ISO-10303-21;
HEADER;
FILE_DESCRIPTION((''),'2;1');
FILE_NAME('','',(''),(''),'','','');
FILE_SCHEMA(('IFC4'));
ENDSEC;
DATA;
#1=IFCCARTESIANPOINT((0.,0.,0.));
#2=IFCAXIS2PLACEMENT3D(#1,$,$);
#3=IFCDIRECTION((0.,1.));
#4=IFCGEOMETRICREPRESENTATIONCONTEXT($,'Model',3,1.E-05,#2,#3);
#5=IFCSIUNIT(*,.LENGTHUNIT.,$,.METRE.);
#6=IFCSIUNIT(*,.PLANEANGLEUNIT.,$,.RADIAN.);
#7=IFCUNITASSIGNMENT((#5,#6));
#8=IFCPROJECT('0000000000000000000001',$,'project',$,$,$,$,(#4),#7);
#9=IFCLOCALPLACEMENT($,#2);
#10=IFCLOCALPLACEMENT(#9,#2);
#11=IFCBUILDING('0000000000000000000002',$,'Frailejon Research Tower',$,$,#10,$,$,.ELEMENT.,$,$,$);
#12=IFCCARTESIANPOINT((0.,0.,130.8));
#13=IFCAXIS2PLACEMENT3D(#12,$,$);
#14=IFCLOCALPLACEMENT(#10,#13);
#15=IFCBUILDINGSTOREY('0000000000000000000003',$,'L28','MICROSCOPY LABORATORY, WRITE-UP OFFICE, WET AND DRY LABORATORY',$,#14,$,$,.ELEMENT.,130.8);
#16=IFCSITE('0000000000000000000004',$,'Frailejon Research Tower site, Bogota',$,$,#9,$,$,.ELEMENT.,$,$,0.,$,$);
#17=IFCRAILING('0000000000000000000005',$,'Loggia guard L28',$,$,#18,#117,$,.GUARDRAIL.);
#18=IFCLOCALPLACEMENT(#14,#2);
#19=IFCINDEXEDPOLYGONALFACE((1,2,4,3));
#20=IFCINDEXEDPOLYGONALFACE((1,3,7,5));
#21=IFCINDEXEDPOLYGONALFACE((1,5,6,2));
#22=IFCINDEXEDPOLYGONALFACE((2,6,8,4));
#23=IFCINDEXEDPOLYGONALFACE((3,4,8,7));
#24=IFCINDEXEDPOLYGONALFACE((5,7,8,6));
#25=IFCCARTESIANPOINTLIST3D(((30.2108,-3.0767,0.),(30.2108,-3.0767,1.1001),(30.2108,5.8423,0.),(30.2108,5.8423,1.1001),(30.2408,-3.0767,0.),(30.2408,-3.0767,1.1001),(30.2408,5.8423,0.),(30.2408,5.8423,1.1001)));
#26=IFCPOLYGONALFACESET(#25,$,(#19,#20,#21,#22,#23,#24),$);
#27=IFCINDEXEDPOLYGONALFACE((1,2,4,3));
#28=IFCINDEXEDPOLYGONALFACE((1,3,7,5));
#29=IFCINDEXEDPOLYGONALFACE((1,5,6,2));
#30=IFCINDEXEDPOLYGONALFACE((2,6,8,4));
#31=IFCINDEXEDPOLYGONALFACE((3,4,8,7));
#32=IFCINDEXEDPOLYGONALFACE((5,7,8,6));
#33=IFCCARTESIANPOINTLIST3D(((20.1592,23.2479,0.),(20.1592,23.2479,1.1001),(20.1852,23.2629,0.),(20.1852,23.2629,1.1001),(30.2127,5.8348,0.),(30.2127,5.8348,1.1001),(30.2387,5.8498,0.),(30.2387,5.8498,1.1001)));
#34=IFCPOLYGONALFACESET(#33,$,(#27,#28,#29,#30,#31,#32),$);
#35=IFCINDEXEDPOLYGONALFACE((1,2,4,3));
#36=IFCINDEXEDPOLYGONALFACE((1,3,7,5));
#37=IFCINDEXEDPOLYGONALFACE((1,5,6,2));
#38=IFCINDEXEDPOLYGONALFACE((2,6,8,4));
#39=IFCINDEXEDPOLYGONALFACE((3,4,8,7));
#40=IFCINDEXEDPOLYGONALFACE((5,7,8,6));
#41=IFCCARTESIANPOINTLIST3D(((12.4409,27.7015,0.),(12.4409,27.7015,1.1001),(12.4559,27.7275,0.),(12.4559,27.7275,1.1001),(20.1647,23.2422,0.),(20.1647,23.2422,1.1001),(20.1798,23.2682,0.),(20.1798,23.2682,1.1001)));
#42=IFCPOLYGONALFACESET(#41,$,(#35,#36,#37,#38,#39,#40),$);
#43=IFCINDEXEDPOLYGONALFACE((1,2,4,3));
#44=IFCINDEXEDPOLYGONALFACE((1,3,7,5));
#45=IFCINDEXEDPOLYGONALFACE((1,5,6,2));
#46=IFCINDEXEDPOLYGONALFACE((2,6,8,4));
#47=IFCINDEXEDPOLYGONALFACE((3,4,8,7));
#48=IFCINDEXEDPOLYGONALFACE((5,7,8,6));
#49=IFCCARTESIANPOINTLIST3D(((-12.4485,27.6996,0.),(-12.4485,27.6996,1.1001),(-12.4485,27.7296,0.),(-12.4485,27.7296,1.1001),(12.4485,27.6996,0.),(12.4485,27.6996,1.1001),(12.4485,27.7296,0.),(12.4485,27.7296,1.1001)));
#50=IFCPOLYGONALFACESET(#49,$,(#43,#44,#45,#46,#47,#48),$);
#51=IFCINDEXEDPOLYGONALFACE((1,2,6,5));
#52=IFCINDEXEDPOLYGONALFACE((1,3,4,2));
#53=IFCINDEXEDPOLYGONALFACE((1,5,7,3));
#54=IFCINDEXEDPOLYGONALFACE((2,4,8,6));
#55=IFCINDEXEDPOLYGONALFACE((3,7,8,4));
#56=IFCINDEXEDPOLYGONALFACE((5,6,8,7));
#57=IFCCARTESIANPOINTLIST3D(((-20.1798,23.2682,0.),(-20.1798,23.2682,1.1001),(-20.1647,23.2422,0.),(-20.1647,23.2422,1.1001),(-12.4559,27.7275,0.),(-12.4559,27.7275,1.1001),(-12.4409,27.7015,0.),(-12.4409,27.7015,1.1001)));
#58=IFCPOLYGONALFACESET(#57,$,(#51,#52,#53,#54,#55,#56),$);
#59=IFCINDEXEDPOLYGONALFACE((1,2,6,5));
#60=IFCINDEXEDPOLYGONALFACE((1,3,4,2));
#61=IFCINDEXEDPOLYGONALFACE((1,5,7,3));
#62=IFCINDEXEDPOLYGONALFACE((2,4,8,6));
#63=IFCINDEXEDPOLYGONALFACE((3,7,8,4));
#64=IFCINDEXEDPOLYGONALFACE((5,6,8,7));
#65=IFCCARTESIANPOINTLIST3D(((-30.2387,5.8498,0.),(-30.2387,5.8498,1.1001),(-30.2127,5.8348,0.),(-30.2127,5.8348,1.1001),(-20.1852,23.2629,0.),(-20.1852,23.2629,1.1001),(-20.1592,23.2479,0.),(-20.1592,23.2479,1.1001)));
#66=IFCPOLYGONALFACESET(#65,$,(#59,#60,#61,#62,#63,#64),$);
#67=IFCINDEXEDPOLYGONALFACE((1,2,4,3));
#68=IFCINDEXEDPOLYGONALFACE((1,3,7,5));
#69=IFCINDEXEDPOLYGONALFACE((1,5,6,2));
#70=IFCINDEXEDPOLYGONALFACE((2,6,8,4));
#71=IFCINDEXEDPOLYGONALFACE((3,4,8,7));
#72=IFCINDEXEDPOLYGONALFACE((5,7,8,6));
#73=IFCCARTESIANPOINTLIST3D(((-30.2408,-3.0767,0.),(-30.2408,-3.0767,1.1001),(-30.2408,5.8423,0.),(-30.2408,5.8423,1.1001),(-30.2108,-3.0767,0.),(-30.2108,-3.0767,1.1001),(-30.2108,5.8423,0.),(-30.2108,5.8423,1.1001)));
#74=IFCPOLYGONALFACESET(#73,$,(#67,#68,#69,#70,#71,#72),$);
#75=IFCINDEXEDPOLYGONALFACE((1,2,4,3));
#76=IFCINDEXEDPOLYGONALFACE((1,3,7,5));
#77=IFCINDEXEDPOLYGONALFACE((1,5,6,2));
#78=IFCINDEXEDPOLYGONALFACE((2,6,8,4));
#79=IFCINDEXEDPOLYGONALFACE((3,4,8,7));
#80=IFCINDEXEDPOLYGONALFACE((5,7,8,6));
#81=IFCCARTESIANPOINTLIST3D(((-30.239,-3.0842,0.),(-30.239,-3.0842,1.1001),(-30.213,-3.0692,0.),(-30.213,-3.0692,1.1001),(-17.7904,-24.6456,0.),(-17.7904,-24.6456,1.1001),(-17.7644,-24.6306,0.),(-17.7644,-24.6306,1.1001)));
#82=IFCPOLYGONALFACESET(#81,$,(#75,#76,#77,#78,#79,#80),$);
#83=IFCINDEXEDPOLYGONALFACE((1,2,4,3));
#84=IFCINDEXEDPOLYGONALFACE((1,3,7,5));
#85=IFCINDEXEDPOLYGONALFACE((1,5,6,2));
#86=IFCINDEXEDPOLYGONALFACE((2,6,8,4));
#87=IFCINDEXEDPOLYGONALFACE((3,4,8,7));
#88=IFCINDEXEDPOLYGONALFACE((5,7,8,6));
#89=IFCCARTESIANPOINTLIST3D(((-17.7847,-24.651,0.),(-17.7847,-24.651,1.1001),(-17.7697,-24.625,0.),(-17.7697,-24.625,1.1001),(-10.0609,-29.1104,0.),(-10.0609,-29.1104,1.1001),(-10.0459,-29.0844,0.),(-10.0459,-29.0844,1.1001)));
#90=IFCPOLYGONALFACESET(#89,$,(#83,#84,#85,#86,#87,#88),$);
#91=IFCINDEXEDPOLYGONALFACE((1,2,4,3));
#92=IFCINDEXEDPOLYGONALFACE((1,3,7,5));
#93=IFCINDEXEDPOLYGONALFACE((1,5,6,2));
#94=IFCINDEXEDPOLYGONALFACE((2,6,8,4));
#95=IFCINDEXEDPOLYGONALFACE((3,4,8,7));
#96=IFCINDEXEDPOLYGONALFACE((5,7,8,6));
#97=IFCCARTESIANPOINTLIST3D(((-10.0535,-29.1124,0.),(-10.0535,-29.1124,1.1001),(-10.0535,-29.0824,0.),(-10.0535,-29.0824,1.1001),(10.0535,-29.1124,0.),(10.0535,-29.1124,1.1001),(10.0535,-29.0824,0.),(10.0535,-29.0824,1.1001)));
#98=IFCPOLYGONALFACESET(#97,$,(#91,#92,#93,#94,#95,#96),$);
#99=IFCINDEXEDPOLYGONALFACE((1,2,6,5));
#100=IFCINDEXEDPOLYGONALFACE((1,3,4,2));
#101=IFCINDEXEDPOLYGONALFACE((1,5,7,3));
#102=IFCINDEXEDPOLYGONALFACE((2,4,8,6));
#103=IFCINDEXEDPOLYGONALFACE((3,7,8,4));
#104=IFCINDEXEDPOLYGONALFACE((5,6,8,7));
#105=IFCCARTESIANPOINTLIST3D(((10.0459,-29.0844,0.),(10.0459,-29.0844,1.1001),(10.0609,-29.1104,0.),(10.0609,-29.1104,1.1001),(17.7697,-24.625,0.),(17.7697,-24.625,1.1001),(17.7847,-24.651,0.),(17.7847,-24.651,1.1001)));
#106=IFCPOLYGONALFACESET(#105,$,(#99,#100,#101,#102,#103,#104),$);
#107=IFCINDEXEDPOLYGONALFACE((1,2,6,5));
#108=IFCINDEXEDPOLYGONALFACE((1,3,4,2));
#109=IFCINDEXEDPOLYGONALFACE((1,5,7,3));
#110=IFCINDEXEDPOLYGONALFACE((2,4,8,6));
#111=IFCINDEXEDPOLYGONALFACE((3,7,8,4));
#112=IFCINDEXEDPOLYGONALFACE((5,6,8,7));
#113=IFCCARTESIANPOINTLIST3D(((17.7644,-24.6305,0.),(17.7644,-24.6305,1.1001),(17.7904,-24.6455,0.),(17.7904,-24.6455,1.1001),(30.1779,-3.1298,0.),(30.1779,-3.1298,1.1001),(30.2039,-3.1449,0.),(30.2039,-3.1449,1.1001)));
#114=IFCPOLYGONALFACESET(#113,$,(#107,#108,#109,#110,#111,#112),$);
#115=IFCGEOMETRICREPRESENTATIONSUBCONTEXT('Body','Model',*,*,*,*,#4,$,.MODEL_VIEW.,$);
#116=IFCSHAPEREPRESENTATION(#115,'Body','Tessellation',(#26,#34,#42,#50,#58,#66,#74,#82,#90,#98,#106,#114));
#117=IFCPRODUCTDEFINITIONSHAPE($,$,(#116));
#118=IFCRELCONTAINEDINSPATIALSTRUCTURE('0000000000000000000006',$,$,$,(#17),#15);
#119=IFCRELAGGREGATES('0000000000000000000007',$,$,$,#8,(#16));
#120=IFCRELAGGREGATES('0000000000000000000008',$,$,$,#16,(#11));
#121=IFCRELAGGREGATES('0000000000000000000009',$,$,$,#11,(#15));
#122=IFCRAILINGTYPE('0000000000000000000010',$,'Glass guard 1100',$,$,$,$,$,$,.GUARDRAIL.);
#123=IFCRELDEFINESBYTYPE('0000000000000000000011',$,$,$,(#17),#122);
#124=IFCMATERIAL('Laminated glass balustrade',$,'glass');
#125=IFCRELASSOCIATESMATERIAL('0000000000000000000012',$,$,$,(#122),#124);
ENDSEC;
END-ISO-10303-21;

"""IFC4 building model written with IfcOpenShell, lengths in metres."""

from ifc_helpers import new_model, si_unit, direction, frame, origin, origin_2d, place, context, subcontext, project, spatial, rectangle, extrude, material, type_object, element, save


model = new_model("IFC4")

# Units and contexts
model_context = context("Model", 3, precision=1e-05, world=origin(), true_north=direction((0.0, 1.0)))
body_context = subcontext(model_context, "Body", "Model", "MODEL_VIEW")
ifc_project = project(units=[si_unit("LENGTHUNIT", "METRE"), si_unit("PLANEANGLEUNIT", "RADIAN")], contexts=[model_context])

# Site, building, storey
site_placement = place(None, origin())
site = spatial("IfcSite", under=ifc_project, at=site_placement, Name="Frailejon Research Tower site, Bogota", CompositionType="ELEMENT", RefElevation=0.0)
building_placement = place(site_placement, origin())
building = spatial("IfcBuilding", under=site, at=building_placement, Name="Frailejon Research Tower", CompositionType="ELEMENT")
storey_placement = place(building_placement, frame((0.0, 0.0, 130.8)))
storey = spatial("IfcBuildingStorey", under=building, at=storey_placement, Name="L28", Description="MICROSCOPY LABORATORY, WRITE-UP OFFICE, WET AND DRY LABORATORY", CompositionType="ELEMENT", Elevation=130.8)

# Railing
ifc_material_1 = material(Name="Laminated glass balustrade", Category="glass")
railing_type = type_object("IfcRailingType", Name="Glass guard 1100", PredefinedType="GUARDRAIL", material=ifc_material_1)
railing_placement = place(storey_placement, frame((30.2258, -3.0767, 0.0)))
element("IfcRailing", 1, at=railing_placement, inside=storey, type_object=railing_type, Name="Loggia guard L28", PredefinedType="GUARDRAIL", context=body_context, shape_type="SweptSolid", body=[
    extrude(rectangle(XDim=8.9189, YDim=0.03, at=origin_2d()), frame((0.0, 4.4595, 0.0), z_axis=(0.0, 0.0, 1.0), x_axis=(0.0, 1.0, 0.0)), (0.0, 0.0, 1.0), 1.1001),
    extrude(rectangle(XDim=20.1069, YDim=0.03, at=origin_2d()), frame((-5.0269, 17.6255, 0.0), z_axis=(0.0, 0.0, 1.0), x_axis=(-0.500001, 0.866025, 0.0)), (0.0, 0.0, 1.0), 1.1001),
    extrude(rectangle(XDim=8.9187, YDim=0.03, at=origin_2d()), frame((-13.9155, 28.5615, 0.0), z_axis=(0.0, 0.0, 1.0), x_axis=(-0.866033, 0.499987, 0.0)), (0.0, 0.0, 1.0), 1.1001),
    extrude(rectangle(XDim=24.897, YDim=0.03, at=origin_2d()), frame((-30.2258, 30.7913, 0.0), z_axis=(0.0, 0.0, 1.0), x_axis=(-1.0, 0.0, 0.0)), (0.0, 0.0, 1.0), 1.1001),
    extrude(rectangle(XDim=8.9187, YDim=0.03, at=origin_2d()), frame((-46.5361, 28.5615, 0.0), z_axis=(0.0, 0.0, 1.0), x_axis=(-0.866033, -0.499987, 0.0)), (0.0, 0.0, 1.0), 1.1001),
    extrude(rectangle(XDim=20.1069, YDim=0.03, at=origin_2d()), frame((-55.4248, 17.6255, 0.0), z_axis=(0.0, 0.0, 1.0), x_axis=(-0.500001, -0.866025, 0.0)), (0.0, 0.0, 1.0), 1.1001),
    extrude(rectangle(XDim=8.9189, YDim=0.03, at=origin_2d()), frame((-60.4517, 4.4595, 0.0), z_axis=(0.0, 0.0, 1.0), x_axis=(0.0, -1.0, 0.0)), (0.0, 0.0, 1.0), 1.1001),
    extrude(rectangle(XDim=24.897, YDim=0.03, at=origin_2d()), frame((-54.2275, -10.7808, 0.0), z_axis=(0.0, 0.0, 1.0), x_axis=(0.500002, -0.866024, 0.0)), (0.0, 0.0, 1.0), 1.1001),
    extrude(rectangle(XDim=8.9187, YDim=0.03, at=origin_2d()), frame((-44.1411, -23.791, 0.0), z_axis=(0.0, 0.0, 1.0), x_axis=(0.866021, -0.500008, 0.0)), (0.0, 0.0, 1.0), 1.1001),
    extrude(rectangle(XDim=20.1069, YDim=0.03, at=origin_2d()), frame((-30.2258, -26.0208, 0.0), z_axis=(0.0, 0.0, 1.0), x_axis=(1.0, 0.0, 0.0)), (0.0, 0.0, 1.0), 1.1001),
    extrude(rectangle(XDim=8.9187, YDim=0.03, at=origin_2d()), frame((-16.3105, -23.791, 0.0), z_axis=(0.0, 0.0, 1.0), x_axis=(0.866021, 0.500008, 0.0)), (0.0, 0.0, 1.0), 1.1001),
    extrude(rectangle(XDim=24.8269, YDim=0.03, at=origin_2d()), frame((-6.2417, -10.811, 0.0), z_axis=(0.0, 0.0, 1.0), x_axis=(0.500004, 0.866023, 0.0)), (0.0, 0.0, 1.0), 1.1001),
])

save(model, "model.ifc")
